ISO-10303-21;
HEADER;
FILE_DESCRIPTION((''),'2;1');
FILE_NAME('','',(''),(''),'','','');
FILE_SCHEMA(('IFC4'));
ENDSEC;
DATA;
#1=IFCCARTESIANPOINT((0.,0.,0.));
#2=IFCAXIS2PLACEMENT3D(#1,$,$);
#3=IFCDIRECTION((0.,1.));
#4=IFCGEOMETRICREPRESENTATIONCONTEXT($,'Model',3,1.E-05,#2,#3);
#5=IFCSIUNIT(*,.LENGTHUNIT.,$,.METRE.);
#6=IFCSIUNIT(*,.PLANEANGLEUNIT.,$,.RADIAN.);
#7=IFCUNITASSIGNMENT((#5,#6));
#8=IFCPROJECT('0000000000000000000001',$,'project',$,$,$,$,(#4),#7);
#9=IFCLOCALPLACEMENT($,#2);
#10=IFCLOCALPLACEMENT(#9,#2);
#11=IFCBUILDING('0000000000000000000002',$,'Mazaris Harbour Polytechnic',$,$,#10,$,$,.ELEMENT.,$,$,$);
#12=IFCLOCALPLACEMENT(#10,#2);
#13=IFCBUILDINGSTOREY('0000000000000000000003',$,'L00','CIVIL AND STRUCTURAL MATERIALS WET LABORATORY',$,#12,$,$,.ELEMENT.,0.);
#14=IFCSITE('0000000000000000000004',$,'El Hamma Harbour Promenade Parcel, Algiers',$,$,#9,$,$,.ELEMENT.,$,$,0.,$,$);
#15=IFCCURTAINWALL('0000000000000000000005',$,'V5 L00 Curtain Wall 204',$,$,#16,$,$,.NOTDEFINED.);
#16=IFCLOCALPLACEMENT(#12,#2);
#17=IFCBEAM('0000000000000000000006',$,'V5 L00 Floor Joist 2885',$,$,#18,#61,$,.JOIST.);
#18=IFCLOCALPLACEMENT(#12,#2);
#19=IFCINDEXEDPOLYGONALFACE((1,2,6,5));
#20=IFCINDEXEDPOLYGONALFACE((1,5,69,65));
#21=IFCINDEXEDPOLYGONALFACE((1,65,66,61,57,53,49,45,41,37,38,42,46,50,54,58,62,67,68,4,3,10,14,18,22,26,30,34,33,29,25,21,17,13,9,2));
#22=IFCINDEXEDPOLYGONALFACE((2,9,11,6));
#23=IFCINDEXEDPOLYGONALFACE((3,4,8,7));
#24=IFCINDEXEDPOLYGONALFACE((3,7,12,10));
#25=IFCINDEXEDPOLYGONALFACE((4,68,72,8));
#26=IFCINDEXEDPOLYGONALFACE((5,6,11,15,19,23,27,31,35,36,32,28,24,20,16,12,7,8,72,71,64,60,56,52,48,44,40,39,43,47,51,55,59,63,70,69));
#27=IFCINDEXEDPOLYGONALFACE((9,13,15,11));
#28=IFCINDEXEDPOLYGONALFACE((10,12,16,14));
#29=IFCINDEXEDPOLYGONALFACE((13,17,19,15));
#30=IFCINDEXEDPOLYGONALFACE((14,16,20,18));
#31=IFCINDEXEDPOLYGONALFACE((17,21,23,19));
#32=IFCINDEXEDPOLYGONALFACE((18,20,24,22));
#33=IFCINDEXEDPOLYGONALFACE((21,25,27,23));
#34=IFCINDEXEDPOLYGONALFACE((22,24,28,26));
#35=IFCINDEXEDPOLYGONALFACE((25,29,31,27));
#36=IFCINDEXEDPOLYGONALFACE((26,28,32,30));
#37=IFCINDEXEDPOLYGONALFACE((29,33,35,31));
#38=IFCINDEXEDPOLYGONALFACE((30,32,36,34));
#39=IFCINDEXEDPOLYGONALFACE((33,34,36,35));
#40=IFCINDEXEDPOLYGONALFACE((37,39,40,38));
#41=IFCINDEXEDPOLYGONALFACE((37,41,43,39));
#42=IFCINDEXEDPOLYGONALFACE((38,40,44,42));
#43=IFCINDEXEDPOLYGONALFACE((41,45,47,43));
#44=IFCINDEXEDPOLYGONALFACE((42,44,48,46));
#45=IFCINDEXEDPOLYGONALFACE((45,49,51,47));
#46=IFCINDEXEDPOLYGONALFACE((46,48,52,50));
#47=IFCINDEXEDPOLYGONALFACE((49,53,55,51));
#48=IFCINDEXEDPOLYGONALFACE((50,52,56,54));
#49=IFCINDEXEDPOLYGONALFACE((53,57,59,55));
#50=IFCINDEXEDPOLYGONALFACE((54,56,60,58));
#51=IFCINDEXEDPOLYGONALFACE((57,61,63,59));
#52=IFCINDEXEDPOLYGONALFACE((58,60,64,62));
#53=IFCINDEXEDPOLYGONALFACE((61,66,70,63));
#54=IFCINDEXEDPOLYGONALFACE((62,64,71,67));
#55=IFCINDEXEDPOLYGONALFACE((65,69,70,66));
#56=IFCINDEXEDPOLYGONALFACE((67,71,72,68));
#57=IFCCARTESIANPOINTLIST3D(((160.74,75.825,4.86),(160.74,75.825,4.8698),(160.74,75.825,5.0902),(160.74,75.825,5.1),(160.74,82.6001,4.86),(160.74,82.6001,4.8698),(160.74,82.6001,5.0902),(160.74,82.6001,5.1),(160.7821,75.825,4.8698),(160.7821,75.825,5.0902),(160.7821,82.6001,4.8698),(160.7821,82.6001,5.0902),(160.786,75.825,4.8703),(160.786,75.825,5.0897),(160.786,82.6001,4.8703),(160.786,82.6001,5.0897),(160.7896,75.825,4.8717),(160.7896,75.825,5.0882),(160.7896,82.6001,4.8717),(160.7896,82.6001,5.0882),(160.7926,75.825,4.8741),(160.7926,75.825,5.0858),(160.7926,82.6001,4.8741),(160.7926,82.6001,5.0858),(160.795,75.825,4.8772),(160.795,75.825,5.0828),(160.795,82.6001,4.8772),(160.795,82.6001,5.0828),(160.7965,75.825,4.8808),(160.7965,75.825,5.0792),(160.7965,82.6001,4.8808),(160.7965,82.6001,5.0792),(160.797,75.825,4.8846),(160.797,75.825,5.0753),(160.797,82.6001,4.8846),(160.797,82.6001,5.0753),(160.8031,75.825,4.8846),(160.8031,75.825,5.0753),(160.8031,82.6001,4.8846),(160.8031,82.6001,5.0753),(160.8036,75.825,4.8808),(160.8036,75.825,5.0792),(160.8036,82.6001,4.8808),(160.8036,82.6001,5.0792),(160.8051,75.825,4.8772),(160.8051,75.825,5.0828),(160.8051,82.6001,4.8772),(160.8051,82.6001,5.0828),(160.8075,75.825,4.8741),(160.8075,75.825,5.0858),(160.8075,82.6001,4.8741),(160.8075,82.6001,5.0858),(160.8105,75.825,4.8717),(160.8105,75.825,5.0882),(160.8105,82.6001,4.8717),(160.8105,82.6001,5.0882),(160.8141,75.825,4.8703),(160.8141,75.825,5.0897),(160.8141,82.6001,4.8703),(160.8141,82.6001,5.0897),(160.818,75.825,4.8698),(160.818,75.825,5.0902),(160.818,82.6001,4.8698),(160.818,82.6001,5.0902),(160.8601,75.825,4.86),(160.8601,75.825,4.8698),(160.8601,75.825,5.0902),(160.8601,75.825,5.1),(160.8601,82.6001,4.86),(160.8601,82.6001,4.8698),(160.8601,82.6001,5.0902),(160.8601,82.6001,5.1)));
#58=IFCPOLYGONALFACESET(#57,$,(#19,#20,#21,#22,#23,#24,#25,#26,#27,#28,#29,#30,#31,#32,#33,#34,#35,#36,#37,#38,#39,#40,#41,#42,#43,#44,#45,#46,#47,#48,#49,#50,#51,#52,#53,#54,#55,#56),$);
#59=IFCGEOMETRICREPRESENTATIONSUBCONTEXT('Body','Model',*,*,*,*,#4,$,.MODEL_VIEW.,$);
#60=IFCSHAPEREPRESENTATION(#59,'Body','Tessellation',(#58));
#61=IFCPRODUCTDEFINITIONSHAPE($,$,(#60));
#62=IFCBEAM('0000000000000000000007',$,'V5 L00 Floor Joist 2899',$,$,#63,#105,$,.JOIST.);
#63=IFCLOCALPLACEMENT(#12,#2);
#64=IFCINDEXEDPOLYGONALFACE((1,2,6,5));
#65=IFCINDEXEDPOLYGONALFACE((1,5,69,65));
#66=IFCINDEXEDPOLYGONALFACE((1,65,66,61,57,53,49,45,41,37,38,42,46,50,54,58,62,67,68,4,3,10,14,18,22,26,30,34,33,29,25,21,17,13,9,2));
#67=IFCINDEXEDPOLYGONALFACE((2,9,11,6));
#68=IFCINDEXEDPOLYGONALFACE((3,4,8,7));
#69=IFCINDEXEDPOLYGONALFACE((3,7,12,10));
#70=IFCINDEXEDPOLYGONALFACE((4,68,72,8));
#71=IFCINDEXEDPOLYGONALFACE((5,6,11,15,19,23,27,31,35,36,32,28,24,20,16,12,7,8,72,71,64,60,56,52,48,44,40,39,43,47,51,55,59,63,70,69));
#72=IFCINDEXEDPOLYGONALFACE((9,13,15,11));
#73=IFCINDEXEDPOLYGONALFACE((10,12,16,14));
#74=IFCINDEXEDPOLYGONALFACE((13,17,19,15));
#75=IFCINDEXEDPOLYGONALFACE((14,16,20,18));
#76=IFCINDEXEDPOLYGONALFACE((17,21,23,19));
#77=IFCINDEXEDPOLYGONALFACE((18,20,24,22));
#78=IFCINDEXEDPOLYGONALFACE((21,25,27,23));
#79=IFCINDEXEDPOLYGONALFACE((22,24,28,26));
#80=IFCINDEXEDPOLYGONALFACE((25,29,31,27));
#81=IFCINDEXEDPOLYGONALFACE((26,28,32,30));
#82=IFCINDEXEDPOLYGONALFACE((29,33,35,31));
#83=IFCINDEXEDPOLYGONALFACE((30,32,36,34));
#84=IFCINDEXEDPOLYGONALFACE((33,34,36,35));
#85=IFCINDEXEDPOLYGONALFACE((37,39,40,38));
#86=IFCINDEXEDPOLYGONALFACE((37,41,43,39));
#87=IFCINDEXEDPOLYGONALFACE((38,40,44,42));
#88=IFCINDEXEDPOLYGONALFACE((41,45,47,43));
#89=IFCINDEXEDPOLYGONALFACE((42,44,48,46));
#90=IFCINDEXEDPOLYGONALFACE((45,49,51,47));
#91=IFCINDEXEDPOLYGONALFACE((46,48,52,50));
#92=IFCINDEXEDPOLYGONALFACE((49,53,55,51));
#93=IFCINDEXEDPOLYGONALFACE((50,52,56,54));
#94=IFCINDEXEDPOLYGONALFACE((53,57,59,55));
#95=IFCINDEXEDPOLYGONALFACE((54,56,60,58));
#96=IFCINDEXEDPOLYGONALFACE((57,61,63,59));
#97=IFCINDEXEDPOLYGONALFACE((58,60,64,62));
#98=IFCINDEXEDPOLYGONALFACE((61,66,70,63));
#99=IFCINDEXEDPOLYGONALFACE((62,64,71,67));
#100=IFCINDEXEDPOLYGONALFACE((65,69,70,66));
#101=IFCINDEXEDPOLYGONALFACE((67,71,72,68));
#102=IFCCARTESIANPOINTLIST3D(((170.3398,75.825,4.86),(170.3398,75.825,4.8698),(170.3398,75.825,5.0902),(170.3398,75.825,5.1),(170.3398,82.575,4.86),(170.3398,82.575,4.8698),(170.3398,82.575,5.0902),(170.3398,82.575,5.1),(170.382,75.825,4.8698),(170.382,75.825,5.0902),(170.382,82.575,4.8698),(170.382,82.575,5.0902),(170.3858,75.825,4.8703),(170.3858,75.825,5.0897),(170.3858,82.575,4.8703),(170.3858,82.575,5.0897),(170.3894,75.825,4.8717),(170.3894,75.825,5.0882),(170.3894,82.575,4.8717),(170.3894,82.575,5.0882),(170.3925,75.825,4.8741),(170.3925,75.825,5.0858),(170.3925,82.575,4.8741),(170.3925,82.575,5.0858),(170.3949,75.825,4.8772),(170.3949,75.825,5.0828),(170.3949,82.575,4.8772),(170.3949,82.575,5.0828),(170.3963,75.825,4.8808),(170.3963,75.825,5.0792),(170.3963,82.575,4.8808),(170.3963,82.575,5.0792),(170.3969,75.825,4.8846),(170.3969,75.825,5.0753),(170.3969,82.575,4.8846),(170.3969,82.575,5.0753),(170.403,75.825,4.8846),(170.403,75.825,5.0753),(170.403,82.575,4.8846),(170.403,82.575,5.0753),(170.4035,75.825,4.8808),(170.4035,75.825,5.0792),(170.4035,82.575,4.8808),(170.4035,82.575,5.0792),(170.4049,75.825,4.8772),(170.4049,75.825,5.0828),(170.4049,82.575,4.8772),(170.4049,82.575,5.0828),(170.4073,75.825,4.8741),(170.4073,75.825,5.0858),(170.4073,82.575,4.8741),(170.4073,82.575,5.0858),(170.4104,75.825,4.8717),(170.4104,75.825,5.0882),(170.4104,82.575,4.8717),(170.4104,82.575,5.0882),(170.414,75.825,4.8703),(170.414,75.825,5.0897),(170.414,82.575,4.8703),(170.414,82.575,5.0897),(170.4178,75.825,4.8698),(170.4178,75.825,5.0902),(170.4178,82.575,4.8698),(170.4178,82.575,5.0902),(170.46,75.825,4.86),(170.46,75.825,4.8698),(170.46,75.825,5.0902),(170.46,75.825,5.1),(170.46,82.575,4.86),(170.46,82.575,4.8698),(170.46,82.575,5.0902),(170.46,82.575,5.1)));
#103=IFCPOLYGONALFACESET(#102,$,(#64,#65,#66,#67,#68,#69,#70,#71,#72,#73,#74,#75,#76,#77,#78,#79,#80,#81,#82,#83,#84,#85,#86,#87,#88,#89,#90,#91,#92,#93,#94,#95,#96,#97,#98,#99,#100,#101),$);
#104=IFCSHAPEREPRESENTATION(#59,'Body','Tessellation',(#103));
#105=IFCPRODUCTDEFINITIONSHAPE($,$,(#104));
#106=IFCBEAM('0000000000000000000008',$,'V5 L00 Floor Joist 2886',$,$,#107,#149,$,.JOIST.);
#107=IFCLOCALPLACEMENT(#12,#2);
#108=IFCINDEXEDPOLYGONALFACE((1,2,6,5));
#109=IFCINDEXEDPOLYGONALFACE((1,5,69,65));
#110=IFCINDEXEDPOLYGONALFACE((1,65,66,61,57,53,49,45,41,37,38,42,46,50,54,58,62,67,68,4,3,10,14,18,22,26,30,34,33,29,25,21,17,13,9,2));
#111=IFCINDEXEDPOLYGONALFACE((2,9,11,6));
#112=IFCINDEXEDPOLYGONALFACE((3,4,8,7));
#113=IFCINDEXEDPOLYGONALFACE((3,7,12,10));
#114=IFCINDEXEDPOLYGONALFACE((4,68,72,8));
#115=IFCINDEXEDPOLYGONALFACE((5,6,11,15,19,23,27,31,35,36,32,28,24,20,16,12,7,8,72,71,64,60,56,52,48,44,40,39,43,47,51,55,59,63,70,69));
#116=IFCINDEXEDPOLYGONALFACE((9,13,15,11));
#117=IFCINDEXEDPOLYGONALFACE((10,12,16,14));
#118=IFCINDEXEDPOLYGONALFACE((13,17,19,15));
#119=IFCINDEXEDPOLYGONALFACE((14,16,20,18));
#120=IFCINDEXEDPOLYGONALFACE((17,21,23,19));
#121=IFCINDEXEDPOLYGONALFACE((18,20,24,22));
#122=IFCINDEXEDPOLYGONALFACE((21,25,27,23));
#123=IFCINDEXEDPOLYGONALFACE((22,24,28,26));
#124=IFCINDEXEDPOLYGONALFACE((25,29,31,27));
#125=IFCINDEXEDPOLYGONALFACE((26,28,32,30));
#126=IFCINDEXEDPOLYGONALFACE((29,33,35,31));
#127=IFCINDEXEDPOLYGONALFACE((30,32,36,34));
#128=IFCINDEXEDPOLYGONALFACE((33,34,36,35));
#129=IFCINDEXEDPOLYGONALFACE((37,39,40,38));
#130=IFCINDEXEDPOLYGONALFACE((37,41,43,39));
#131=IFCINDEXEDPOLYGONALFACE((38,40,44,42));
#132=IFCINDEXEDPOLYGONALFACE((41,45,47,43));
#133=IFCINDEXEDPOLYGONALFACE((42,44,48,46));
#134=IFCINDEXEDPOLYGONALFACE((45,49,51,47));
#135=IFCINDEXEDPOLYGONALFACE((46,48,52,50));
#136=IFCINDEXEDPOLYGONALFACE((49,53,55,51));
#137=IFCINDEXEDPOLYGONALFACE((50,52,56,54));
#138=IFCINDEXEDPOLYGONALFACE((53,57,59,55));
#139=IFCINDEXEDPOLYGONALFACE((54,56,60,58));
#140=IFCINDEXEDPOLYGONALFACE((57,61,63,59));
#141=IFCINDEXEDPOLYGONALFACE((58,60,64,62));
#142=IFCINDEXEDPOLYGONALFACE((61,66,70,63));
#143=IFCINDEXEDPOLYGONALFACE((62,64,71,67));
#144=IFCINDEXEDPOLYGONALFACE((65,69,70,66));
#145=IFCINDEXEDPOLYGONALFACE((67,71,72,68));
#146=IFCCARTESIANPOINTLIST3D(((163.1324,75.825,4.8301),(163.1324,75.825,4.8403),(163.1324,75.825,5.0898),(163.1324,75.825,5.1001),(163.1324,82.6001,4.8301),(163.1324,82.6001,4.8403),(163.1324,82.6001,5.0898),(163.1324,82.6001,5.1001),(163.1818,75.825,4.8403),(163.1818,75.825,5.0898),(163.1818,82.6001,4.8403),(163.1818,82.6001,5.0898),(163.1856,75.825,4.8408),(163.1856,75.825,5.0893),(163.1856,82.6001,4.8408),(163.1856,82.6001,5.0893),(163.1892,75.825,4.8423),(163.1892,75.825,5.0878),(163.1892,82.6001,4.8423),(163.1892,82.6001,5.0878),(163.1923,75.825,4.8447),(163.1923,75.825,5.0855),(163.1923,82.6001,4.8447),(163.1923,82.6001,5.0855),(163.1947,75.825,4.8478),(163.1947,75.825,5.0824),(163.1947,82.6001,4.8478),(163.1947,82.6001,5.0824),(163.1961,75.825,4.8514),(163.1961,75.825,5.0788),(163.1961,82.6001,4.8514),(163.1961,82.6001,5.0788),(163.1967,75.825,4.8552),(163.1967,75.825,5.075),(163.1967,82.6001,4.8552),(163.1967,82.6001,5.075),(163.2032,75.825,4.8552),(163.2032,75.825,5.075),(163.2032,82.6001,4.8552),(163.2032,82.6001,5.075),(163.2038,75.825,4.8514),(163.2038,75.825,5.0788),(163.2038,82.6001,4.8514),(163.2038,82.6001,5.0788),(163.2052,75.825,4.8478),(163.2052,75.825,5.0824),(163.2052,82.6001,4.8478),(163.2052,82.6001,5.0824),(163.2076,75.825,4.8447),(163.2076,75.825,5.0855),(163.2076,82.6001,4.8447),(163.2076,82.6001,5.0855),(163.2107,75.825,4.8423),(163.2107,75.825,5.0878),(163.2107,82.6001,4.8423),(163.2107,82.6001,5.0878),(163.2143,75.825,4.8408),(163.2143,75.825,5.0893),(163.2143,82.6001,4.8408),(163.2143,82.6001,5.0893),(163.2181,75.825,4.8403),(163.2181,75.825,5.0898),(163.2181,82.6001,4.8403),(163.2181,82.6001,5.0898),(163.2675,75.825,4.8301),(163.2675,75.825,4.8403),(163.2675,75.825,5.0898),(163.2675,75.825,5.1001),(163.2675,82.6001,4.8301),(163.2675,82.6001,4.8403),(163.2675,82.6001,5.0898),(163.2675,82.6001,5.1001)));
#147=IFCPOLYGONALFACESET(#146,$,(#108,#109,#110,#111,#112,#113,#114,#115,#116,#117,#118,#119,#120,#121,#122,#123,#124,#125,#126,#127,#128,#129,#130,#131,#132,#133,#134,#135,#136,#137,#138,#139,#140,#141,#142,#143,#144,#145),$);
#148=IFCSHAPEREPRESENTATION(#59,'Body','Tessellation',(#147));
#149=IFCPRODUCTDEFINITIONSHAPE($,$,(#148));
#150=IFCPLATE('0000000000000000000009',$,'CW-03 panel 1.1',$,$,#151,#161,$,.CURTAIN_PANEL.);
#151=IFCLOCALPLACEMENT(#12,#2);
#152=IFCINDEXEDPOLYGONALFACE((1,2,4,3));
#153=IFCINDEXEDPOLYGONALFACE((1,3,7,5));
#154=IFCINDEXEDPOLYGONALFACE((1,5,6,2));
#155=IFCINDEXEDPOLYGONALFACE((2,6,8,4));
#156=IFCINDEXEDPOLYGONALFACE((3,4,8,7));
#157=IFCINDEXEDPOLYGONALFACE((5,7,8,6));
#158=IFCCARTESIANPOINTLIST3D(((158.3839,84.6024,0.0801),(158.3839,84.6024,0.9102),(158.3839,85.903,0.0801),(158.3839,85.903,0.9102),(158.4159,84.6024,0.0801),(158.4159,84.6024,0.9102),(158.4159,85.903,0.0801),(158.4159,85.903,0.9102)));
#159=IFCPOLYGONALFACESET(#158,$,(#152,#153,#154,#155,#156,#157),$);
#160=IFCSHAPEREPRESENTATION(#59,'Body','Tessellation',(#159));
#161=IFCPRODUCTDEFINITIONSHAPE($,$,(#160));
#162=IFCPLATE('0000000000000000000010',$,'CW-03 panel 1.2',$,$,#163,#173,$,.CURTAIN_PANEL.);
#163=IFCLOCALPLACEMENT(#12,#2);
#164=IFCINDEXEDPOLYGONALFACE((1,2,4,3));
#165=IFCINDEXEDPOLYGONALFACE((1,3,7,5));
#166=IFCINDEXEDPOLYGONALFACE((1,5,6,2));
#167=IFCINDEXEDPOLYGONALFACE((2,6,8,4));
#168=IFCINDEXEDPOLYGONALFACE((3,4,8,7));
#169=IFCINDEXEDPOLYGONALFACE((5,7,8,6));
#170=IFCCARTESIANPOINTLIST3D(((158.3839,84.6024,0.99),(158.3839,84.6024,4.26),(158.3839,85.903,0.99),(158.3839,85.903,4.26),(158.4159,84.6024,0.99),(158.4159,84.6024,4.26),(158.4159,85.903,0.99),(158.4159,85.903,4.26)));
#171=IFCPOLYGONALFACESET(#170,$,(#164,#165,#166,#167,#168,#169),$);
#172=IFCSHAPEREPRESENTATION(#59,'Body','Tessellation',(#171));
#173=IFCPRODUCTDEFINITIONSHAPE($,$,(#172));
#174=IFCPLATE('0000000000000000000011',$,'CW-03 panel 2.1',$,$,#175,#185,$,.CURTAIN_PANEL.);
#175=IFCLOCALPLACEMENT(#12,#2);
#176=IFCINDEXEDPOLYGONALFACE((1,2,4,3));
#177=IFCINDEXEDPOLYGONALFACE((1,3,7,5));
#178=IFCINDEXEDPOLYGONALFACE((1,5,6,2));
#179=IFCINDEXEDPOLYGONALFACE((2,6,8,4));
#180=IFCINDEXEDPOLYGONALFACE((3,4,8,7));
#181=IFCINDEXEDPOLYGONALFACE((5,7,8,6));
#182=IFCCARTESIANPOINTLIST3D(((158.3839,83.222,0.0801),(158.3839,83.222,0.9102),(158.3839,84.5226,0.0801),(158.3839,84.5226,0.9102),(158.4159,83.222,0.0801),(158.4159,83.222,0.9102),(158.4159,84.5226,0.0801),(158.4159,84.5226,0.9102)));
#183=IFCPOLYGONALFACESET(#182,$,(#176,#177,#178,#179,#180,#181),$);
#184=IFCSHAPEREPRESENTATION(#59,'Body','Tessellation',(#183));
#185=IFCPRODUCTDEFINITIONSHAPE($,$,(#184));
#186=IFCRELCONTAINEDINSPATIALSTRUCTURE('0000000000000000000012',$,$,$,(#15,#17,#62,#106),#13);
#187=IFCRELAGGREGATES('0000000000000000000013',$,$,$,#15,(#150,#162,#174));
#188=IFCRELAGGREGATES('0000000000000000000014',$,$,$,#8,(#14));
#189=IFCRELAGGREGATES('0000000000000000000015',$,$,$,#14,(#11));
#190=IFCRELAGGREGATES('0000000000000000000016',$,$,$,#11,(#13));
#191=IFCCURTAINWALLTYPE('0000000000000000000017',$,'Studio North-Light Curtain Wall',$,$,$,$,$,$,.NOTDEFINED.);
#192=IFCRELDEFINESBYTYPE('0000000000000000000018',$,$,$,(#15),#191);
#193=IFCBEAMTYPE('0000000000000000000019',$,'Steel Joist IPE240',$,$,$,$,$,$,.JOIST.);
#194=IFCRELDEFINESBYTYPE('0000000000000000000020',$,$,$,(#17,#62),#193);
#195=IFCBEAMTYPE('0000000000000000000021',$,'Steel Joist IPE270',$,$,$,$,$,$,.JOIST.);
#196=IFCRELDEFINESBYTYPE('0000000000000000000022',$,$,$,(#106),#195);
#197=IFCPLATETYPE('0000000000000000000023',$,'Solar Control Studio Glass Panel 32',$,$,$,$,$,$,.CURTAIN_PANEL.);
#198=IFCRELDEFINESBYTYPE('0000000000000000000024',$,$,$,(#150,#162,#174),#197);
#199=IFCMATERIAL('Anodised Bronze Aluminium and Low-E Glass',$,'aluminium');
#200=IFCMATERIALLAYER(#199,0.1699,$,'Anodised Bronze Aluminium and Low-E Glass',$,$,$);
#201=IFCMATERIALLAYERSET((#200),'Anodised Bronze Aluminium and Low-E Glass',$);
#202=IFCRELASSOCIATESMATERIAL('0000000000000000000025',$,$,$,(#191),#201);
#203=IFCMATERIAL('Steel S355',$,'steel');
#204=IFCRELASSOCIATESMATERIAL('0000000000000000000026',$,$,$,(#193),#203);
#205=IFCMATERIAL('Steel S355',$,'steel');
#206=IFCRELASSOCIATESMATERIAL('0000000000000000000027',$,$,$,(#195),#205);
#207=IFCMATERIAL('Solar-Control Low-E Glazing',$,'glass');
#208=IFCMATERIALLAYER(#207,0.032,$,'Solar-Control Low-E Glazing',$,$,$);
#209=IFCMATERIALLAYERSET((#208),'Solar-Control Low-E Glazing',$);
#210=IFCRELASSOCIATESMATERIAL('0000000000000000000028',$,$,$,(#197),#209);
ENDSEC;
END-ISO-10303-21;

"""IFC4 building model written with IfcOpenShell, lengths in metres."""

from ifc_helpers import new_model, si_unit, direction, frame, origin, origin_2d, place, context, subcontext, project, spatial, rectangle, i_section, extrude, material, layer, layer_set, material_profile, profile_set, type_object, element, aggregate, save


model = new_model("IFC4")

# Units and contexts
model_context = context("Model", 3, precision=1e-05, world=origin(), true_north=direction((0.0, 1.0)))
body_context = subcontext(model_context, "Body", "Model", "MODEL_VIEW")
ifc_project = project(units=[si_unit("LENGTHUNIT", "METRE"), si_unit("PLANEANGLEUNIT", "RADIAN")], contexts=[model_context])

# Site, building, storey
site_placement = place(None, origin())
site = spatial("IfcSite", under=ifc_project, at=site_placement, Name="El Hamma Harbour Promenade Parcel, Algiers", CompositionType="ELEMENT", RefElevation=0.0)
building_placement = place(site_placement, origin())
building = spatial("IfcBuilding", under=site, at=building_placement, Name="Mazaris Harbour Polytechnic", CompositionType="ELEMENT")
storey_placement = place(building_placement, origin())
storey = spatial("IfcBuildingStorey", under=building, at=storey_placement, Name="L00", Description="CIVIL AND STRUCTURAL MATERIALS WET LABORATORY", CompositionType="ELEMENT", Elevation=0.0)

# Curtain wall
ifc_material_1 = material(Name="Anodised Bronze Aluminium and Low-E Glass", Category="aluminium")
ifc_layer_1 = layer(ifc_material_1, 0.1699, Name="Anodised Bronze Aluminium and Low-E Glass")
ifc_layer_set_1 = layer_set([ifc_layer_1], Name="Anodised Bronze Aluminium and Low-E Glass")
curtain_wall_type = type_object("IfcCurtainWallType", Name="Studio North-Light Curtain Wall", PredefinedType="NOTDEFINED", material=ifc_layer_set_1)
curtain_wall_placement = place(storey_placement, origin())
curtain_wall = element("IfcCurtainWall", 1, at=curtain_wall_placement, inside=storey, type_object=curtain_wall_type, Name="V5 L00 Curtain Wall 204", PredefinedType="NOTDEFINED")

# Beams
ifc_material_2 = material(Name="Steel S355", Category="steel")
ifc_material_profile_1 = material_profile(ifc_material_2, i_section(OverallWidth=0.1201, OverallDepth=0.24, WebThickness=0.0061, FlangeThickness=0.0098, FilletRadius=0.0149, at=origin_2d()), Name="IPE 240")
ifc_profile_set_1 = profile_set([ifc_material_profile_1], Name="Steel S355")
beam_type_1 = type_object("IfcBeamType", Name="Steel Joist IPE240", PredefinedType="JOIST", material=ifc_profile_set_1)
beam_1_placement = place(storey_placement, frame((160.8, 75.825, 4.98), z_axis=(0.0, 1.0, 0.0), x_axis=(-1.0, 0.0, 0.0)))
element("IfcBeam", 2, at=beam_1_placement, inside=storey, type_object=beam_type_1, Name="V5 L00 Floor Joist 2885", PredefinedType="JOIST", context=body_context, shape_type="SweptSolid", body=[
    extrude(i_section(OverallWidth=0.1201, OverallDepth=0.24, WebThickness=0.0061, FlangeThickness=0.0098, FilletRadius=0.0149, at=origin_2d()), origin(), (0.0, 0.0, 1.0), 6.7751),
])
beam_2_placement = place(storey_placement, frame((170.3999, 75.825, 4.98), z_axis=(0.0, 1.0, 0.0), x_axis=(-1.0, 0.0, 0.0)))
element("IfcBeam", 3, at=beam_2_placement, inside=storey, type_object=beam_type_1, Name="V5 L00 Floor Joist 2899", PredefinedType="JOIST", context=body_context, shape_type="SweptSolid", body=[
    extrude(i_section(OverallWidth=0.1201, OverallDepth=0.24, WebThickness=0.0061, FlangeThickness=0.0098, FilletRadius=0.0149, at=origin_2d()), origin(), (0.0, 0.0, 1.0), 6.75),
])
ifc_material_3 = material(Name="Steel S355", Category="steel")
ifc_material_profile_2 = material_profile(ifc_material_3, i_section(OverallWidth=0.135, OverallDepth=0.27, WebThickness=0.0066, FlangeThickness=0.0103, FilletRadius=0.0149, at=origin_2d()), Name="IPE 270")
ifc_profile_set_2 = profile_set([ifc_material_profile_2], Name="Steel S355")
beam_type_2 = type_object("IfcBeamType", Name="Steel Joist IPE270", PredefinedType="JOIST", material=ifc_profile_set_2)
beam_3_placement = place(storey_placement, frame((163.2, 75.825, 4.9651), z_axis=(0.0, 1.0, 0.0), x_axis=(-1.0, 0.0, 0.0)))
element("IfcBeam", 4, at=beam_3_placement, inside=storey, type_object=beam_type_2, Name="V5 L00 Floor Joist 2886", PredefinedType="JOIST", context=body_context, shape_type="SweptSolid", body=[
    extrude(i_section(OverallWidth=0.135, OverallDepth=0.27, WebThickness=0.0066, FlangeThickness=0.0103, FilletRadius=0.0149, at=origin_2d()), origin(), (0.0, 0.0, 1.0), 6.7751),
])

# Plates
ifc_material_4 = material(Name="Solar-Control Low-E Glazing", Category="glass")
ifc_layer_2 = layer(ifc_material_4, 0.032, Name="Solar-Control Low-E Glazing")
ifc_layer_set_2 = layer_set([ifc_layer_2], Name="Solar-Control Low-E Glazing")
plate_type = type_object("IfcPlateType", Name="Solar Control Studio Glass Panel 32", PredefinedType="CURTAIN_PANEL", material=ifc_layer_set_2)
plate_1_placement = place(storey_placement, frame((158.3999, 85.2527, 0.0801), z_axis=(0.0, 0.0, 1.0), x_axis=(0.0, -1.0, 0.0)))
plate_1 = element("IfcPlate", 5, at=plate_1_placement, type_object=plate_type, Name="CW-03 panel 1.1", PredefinedType="CURTAIN_PANEL", context=body_context, shape_type="SweptSolid", body=[
    extrude(rectangle(XDim=1.3005, YDim=0.032, at=origin_2d()), origin(), (0.0, 0.0, 1.0), 0.8301),
])
plate_2_placement = place(storey_placement, frame((158.3999, 85.2527, 0.99), z_axis=(0.0, 0.0, 1.0), x_axis=(0.0, -1.0, 0.0)))
plate_2 = element("IfcPlate", 6, at=plate_2_placement, type_object=plate_type, Name="CW-03 panel 1.2", PredefinedType="CURTAIN_PANEL", context=body_context, shape_type="SweptSolid", body=[
    extrude(rectangle(XDim=1.3005, YDim=0.032, at=origin_2d()), origin(), (0.0, 0.0, 1.0), 3.27),
])
plate_3_placement = place(storey_placement, frame((158.3999, 83.8723, 0.0801), z_axis=(0.0, 0.0, 1.0), x_axis=(0.0, -1.0, 0.0)))
plate_3 = element("IfcPlate", 7, at=plate_3_placement, type_object=plate_type, Name="CW-03 panel 2.1", PredefinedType="CURTAIN_PANEL", context=body_context, shape_type="SweptSolid", body=[
    extrude(rectangle(XDim=1.3005, YDim=0.032, at=origin_2d()), origin(), (0.0, 0.0, 1.0), 0.8301),
])
aggregate(curtain_wall, [plate_1, plate_2, plate_3])

save(model, "model.ifc")
